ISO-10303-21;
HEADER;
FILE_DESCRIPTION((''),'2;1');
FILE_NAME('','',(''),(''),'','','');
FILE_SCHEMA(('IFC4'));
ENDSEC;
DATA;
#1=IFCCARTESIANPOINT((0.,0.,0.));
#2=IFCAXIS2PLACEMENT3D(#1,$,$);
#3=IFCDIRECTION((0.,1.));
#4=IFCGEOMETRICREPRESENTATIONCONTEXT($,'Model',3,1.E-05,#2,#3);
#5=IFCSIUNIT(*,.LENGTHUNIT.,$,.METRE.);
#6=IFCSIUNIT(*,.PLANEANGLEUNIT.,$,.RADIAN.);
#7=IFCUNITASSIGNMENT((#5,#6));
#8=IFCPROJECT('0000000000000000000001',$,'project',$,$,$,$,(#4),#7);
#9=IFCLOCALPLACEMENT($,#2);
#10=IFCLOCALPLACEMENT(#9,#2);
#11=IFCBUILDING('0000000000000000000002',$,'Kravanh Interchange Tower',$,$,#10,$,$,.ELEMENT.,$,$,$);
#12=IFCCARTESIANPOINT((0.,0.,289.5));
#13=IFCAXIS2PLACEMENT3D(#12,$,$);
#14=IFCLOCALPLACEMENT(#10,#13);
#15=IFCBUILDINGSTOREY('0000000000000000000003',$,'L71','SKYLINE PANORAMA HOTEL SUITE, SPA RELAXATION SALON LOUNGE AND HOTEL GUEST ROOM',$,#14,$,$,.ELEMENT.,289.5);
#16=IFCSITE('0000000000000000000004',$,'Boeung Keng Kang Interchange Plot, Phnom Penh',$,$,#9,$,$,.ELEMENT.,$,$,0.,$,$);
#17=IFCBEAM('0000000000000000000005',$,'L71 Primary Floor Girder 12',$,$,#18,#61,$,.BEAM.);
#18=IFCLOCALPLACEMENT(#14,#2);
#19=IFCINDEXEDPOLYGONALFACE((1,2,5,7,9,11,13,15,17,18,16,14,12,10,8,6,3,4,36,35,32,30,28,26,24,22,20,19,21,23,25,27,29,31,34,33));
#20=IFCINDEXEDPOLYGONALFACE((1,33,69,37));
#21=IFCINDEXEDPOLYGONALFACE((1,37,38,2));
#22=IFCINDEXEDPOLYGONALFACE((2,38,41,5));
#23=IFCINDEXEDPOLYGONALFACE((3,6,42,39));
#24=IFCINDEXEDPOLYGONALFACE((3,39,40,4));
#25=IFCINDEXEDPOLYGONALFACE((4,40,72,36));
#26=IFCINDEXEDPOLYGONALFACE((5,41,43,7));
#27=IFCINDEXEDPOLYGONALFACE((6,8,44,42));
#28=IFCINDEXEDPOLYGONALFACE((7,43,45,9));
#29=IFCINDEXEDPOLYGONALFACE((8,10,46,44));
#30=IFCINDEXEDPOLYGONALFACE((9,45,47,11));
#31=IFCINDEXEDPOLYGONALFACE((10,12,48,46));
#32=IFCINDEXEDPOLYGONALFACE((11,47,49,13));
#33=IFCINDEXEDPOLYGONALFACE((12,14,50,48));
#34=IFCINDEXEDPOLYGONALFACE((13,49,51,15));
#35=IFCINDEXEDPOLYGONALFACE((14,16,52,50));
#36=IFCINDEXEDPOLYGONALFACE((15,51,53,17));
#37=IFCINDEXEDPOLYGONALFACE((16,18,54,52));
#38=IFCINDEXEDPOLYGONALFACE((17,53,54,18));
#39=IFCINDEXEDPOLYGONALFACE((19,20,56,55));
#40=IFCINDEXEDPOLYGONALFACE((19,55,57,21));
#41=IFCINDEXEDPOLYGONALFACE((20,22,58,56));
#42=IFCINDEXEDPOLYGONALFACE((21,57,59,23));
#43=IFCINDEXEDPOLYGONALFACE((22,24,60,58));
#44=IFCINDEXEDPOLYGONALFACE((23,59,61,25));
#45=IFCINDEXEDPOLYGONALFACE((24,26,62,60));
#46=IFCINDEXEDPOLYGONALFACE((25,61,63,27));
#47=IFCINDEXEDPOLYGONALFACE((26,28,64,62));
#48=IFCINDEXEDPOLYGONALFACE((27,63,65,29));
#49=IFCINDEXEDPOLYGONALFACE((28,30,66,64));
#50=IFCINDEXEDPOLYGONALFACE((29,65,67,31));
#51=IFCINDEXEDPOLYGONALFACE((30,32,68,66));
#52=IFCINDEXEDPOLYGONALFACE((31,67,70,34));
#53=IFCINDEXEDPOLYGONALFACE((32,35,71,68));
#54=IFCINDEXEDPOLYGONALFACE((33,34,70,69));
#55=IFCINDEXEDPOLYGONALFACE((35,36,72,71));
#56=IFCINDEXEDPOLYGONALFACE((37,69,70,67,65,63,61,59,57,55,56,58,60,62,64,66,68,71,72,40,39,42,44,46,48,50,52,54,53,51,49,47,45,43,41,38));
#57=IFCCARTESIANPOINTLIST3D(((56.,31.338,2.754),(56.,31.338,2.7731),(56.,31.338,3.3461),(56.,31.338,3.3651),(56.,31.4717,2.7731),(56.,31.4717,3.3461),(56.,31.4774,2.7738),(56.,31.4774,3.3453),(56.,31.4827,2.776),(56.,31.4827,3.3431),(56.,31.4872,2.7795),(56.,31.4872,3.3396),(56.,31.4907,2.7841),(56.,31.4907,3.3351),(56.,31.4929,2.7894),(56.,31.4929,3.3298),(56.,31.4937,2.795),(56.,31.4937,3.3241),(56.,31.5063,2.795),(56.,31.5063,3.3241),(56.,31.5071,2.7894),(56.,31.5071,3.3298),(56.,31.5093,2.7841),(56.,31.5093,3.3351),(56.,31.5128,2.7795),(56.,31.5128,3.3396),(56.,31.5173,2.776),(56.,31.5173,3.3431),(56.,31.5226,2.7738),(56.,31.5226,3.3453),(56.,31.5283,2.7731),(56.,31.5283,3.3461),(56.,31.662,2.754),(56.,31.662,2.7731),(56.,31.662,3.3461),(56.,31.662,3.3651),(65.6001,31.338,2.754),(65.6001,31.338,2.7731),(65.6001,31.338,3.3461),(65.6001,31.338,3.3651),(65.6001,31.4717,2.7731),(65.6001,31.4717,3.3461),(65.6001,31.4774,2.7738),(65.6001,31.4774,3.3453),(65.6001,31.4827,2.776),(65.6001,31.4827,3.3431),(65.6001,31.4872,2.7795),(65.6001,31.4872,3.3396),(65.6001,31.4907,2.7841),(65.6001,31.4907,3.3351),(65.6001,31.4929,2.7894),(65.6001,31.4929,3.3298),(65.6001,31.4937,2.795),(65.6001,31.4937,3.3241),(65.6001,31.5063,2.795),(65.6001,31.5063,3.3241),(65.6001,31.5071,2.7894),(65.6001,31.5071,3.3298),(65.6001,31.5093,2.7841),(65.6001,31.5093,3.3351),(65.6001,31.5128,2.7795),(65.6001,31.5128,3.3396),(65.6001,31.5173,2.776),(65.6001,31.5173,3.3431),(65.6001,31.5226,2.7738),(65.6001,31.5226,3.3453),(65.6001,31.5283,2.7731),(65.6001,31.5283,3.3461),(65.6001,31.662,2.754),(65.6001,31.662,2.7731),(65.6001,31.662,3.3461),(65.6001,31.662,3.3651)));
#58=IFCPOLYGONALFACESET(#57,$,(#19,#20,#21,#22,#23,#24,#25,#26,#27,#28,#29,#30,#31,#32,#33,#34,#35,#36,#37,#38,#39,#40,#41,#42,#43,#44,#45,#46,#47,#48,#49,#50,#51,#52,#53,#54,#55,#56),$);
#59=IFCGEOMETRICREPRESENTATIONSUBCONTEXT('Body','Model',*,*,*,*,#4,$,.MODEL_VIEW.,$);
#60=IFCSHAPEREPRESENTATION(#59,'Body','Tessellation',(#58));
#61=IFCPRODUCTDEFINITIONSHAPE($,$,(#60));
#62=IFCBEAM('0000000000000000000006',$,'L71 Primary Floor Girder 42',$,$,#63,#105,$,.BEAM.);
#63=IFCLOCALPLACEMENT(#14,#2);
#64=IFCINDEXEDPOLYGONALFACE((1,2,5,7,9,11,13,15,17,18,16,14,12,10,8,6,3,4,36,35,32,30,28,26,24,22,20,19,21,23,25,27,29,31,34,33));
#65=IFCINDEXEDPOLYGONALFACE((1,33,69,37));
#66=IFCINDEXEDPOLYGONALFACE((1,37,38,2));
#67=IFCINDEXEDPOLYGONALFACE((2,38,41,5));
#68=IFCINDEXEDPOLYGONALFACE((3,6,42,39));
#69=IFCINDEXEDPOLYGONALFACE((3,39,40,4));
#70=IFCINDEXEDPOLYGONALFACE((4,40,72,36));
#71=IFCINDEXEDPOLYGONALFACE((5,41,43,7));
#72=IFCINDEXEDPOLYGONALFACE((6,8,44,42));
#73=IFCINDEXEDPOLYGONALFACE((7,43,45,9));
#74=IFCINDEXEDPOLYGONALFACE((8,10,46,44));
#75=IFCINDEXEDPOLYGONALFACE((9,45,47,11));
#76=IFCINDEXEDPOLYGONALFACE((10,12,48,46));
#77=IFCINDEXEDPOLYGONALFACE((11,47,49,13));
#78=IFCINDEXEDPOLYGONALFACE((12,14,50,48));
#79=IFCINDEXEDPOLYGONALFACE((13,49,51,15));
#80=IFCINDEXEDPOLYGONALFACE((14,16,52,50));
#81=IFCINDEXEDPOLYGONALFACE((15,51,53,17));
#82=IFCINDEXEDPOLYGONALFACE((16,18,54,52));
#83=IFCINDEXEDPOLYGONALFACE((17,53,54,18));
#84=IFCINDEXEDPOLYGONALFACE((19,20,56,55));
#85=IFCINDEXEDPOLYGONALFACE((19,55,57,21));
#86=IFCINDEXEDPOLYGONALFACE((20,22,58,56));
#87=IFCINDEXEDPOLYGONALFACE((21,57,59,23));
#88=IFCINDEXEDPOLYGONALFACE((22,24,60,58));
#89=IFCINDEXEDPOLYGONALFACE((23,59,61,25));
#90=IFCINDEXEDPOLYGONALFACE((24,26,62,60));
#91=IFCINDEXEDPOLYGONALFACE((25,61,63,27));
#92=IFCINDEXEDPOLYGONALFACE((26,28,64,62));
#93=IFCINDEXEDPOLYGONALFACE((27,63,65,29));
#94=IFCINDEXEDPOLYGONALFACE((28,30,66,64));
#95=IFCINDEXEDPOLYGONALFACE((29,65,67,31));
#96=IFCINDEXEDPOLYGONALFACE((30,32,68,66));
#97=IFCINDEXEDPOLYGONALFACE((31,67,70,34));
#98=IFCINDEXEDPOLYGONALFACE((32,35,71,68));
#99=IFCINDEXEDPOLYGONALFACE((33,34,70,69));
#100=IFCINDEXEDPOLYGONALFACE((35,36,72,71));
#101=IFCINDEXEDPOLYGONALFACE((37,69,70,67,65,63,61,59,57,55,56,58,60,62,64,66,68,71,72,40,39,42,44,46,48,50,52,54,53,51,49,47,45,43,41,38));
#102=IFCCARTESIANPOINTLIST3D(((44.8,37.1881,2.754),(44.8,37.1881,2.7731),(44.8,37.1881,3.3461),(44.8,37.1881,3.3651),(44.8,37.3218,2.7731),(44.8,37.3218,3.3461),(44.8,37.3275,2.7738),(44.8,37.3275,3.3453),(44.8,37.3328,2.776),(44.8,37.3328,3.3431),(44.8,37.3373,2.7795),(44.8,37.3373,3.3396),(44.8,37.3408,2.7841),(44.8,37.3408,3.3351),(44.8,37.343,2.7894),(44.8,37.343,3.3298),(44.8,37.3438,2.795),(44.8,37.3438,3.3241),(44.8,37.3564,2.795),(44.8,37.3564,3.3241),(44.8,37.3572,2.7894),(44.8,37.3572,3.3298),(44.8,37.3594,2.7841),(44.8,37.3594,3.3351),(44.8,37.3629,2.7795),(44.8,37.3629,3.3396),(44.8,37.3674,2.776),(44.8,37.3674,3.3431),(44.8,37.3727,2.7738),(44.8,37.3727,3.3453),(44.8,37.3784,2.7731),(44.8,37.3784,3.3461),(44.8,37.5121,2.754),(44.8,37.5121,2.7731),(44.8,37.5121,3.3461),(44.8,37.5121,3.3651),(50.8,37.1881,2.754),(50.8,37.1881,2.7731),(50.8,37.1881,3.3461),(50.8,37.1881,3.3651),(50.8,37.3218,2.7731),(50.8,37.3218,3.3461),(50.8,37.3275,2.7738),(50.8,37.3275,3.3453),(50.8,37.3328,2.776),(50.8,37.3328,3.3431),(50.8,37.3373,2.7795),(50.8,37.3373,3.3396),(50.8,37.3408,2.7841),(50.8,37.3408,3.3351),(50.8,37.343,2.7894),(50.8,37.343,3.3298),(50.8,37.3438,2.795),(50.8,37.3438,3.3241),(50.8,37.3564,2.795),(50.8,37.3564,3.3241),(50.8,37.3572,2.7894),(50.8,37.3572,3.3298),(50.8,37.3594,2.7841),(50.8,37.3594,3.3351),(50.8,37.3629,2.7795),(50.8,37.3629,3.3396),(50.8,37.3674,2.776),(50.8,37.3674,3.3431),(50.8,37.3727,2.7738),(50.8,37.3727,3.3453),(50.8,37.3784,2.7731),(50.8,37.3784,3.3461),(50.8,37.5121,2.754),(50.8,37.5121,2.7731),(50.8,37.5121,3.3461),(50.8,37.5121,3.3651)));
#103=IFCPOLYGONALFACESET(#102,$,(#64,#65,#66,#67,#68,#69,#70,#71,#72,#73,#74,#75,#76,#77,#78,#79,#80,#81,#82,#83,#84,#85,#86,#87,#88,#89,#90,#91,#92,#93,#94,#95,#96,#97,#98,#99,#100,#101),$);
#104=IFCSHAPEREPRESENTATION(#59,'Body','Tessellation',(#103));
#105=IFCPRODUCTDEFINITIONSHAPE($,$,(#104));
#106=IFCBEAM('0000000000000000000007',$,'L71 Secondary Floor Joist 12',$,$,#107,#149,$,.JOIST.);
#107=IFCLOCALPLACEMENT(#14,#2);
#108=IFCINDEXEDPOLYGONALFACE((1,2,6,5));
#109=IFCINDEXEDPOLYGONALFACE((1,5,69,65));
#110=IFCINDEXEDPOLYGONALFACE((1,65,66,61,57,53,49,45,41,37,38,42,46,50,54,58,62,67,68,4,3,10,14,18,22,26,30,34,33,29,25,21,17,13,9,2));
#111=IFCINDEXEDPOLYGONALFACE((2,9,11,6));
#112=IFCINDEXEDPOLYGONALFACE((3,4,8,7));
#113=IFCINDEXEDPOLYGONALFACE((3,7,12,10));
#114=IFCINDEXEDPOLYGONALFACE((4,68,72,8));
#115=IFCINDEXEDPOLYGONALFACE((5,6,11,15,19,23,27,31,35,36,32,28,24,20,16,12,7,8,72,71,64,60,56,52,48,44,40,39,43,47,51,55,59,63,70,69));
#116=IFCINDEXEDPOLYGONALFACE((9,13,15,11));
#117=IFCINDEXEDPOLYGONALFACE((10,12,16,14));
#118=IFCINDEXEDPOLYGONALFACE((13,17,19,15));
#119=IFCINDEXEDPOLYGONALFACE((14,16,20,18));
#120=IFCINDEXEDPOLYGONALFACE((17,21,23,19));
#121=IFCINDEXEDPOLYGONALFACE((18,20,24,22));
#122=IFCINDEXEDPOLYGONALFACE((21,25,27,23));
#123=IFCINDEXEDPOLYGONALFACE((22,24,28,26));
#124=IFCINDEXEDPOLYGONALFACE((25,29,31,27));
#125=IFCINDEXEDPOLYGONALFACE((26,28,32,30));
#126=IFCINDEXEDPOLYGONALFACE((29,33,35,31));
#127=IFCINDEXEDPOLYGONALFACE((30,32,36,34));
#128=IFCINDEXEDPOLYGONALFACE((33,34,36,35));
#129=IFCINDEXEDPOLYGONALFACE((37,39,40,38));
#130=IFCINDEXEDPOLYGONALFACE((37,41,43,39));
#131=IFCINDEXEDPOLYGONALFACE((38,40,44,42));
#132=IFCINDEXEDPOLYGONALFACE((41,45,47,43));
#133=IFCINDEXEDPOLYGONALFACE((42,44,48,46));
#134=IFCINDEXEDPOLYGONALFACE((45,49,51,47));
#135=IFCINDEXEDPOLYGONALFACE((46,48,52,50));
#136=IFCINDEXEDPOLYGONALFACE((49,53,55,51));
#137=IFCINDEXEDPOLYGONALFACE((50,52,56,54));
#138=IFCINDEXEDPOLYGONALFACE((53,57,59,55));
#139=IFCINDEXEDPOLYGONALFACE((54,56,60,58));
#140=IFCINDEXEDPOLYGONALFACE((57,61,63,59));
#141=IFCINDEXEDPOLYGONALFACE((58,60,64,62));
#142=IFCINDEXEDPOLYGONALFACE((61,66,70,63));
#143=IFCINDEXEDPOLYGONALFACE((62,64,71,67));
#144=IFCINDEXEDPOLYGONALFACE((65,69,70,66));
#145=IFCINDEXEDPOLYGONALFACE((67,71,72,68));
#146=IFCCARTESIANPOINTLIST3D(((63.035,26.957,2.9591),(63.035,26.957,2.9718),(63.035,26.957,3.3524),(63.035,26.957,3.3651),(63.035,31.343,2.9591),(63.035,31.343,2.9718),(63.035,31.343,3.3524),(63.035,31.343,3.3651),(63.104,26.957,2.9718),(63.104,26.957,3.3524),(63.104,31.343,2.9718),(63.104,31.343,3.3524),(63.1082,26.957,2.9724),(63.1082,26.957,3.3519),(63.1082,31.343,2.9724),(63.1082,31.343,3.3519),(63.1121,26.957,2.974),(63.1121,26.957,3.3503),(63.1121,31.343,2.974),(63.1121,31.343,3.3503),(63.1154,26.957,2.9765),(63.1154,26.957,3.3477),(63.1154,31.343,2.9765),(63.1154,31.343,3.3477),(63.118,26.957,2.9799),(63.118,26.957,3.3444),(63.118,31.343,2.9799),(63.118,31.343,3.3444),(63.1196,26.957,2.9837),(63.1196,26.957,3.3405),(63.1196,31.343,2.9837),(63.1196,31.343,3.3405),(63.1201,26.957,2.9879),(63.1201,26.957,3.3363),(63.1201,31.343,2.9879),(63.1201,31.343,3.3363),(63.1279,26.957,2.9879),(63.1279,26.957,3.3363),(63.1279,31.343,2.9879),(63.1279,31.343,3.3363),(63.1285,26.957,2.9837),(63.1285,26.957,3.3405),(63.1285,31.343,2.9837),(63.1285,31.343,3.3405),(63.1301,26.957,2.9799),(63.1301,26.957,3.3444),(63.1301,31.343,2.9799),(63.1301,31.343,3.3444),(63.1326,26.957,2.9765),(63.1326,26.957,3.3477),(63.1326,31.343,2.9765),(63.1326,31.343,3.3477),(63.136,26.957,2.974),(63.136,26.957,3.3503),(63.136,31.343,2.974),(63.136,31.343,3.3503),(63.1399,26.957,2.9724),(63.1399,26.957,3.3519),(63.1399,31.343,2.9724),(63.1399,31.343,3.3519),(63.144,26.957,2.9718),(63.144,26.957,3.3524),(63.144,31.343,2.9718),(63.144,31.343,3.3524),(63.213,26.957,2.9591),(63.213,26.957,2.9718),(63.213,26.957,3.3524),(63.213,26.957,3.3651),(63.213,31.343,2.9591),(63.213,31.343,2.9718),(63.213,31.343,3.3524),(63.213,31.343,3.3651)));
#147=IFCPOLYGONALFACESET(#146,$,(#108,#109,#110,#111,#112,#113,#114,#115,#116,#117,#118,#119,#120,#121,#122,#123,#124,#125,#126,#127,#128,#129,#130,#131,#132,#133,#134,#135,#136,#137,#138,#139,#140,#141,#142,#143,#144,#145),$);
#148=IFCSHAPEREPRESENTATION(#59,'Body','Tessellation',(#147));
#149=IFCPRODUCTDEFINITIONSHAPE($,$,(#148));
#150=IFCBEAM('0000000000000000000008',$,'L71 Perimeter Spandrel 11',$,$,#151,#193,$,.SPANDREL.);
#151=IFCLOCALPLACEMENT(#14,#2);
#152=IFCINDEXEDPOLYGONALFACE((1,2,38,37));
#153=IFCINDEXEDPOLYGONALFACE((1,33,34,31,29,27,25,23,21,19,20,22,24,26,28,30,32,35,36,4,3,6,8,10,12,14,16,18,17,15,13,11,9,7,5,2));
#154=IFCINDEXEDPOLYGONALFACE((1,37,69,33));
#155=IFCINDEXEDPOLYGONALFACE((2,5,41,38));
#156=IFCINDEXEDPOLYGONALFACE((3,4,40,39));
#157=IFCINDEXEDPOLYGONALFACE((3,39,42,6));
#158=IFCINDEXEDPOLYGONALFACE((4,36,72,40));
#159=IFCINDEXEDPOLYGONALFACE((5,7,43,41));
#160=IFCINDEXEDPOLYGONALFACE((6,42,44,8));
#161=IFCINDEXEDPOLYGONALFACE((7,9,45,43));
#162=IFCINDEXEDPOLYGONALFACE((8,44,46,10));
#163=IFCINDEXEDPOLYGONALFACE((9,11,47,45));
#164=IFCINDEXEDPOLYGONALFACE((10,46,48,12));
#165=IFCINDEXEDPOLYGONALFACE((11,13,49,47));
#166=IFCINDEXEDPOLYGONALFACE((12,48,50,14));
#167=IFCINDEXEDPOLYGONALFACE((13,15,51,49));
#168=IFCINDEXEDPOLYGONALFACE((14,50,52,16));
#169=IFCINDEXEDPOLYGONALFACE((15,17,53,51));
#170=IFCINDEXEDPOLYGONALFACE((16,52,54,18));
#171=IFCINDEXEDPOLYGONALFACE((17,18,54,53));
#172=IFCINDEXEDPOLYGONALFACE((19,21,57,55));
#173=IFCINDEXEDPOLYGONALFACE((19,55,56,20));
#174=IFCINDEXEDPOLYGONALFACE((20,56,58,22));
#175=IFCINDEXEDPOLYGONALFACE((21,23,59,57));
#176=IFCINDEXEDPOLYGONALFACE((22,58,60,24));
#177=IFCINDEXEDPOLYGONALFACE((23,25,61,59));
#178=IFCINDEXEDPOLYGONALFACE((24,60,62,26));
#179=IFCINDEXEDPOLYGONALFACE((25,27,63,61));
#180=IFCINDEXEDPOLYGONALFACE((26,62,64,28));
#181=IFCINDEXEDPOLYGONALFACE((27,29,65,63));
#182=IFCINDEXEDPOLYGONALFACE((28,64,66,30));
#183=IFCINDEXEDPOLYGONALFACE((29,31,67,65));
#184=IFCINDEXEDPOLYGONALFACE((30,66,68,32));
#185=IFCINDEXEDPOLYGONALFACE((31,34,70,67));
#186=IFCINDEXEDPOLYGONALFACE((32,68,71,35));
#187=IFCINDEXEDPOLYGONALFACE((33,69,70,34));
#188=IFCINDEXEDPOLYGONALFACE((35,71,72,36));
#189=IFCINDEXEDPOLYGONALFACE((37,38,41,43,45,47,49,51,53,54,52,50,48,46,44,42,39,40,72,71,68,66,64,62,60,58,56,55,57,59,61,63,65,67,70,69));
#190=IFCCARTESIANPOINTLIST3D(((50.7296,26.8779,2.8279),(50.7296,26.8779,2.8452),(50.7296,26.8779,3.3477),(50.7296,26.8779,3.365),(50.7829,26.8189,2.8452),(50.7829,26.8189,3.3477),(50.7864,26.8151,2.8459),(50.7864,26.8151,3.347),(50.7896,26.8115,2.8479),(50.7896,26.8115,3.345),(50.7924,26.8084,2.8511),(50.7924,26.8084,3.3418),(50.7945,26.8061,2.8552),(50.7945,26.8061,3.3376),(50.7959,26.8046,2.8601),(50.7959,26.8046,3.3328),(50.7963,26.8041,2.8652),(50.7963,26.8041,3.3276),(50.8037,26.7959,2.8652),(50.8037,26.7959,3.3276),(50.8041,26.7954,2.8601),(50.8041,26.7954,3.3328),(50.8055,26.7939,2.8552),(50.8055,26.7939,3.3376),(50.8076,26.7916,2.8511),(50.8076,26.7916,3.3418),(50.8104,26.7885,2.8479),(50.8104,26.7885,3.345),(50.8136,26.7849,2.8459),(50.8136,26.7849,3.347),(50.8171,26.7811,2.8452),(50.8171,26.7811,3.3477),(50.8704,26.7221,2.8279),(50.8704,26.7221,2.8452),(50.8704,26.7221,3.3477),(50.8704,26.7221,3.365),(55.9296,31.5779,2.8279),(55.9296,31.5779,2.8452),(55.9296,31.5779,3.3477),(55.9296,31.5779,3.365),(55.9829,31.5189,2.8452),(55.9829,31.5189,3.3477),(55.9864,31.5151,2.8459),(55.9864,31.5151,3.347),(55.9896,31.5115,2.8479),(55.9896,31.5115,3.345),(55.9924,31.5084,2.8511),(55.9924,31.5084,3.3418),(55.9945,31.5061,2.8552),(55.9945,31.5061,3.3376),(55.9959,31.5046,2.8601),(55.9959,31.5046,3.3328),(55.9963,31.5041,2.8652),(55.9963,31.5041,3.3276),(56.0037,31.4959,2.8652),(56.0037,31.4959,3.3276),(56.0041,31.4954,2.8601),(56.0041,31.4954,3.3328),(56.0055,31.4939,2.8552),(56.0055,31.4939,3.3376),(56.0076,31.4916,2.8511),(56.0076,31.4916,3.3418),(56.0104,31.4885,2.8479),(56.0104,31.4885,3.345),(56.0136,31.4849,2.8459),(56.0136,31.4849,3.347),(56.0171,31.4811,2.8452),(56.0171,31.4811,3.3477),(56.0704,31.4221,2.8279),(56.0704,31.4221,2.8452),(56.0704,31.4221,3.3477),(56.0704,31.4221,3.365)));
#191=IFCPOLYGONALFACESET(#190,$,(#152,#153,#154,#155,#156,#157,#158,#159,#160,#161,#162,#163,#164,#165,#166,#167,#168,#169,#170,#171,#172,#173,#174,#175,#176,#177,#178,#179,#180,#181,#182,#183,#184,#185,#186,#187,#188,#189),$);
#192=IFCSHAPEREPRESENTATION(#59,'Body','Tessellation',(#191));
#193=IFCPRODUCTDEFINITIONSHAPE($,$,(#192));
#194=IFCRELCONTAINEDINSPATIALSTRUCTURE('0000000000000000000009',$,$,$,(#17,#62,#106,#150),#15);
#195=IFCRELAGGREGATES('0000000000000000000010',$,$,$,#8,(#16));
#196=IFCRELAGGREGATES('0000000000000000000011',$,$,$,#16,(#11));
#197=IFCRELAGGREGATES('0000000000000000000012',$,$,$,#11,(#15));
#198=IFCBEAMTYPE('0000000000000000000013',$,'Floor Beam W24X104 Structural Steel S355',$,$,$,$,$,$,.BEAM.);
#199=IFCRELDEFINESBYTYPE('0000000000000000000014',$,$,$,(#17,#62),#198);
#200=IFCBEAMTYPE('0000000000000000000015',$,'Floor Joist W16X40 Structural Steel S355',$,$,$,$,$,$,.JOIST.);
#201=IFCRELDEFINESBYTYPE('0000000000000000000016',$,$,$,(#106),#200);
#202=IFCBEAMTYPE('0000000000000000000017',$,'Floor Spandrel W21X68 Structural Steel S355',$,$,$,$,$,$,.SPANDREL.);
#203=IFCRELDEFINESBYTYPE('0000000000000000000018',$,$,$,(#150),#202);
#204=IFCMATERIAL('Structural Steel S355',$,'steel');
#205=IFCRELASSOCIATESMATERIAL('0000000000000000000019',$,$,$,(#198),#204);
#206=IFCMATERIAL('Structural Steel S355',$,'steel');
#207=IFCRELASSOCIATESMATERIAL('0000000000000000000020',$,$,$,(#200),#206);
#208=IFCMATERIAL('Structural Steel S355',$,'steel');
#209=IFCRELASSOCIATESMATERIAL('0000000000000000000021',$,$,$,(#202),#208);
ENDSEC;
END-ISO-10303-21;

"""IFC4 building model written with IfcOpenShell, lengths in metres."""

from ifc_helpers import new_model, si_unit, direction, frame, origin, origin_2d, place, context, subcontext, project, spatial, i_section, extrude, material, material_profile, profile_set, type_object, element, save


model = new_model("IFC4")

# Units and contexts
model_context = context("Model", 3, precision=1e-05, world=origin(), true_north=direction((0.0, 1.0)))
body_context = subcontext(model_context, "Body", "Model", "MODEL_VIEW")
ifc_project = project(units=[si_unit("LENGTHUNIT", "METRE"), si_unit("PLANEANGLEUNIT", "RADIAN")], contexts=[model_context])

# Site, building, storey
site_placement = place(None, origin())
site = spatial("IfcSite", under=ifc_project, at=site_placement, Name="Boeung Keng Kang Interchange Plot, Phnom Penh", CompositionType="ELEMENT", RefElevation=0.0)
building_placement = place(site_placement, origin())
building = spatial("IfcBuilding", under=site, at=building_placement, Name="Kravanh Interchange Tower", CompositionType="ELEMENT")
storey_placement = place(building_placement, frame((0.0, 0.0, 289.5)))
storey = spatial("IfcBuildingStorey", under=building, at=storey_placement, Name="L71", Description="SKYLINE PANORAMA HOTEL SUITE, SPA RELAXATION SALON LOUNGE AND HOTEL GUEST ROOM", CompositionType="ELEMENT", Elevation=289.5)

# Beams
ifc_material_1 = material(Name="Structural Steel S355", Category="steel")
ifc_material_profile_1 = material_profile(ifc_material_1, i_section(OverallWidth=0.324, OverallDepth=0.6111, WebThickness=0.0127, FlangeThickness=0.019, FilletRadius=0.022, at=origin_2d()), Name="W24X104")
ifc_profile_set_1 = profile_set([ifc_material_profile_1], Name="Structural Steel S355")
beam_type_1 = type_object("IfcBeamType", Name="Floor Beam W24X104 Structural Steel S355", PredefinedType="BEAM", material=ifc_profile_set_1)
beam_1_placement = place(storey_placement, frame((56.0, 31.5, 3.0596), z_axis=(1.0, 0.0, 0.0), x_axis=(0.0, 1.0, 0.0)))
element("IfcBeam", 1, at=beam_1_placement, inside=storey, type_object=beam_type_1, Name="L71 Primary Floor Girder 12", PredefinedType="BEAM", context=body_context, shape_type="SweptSolid", body=[
    extrude(i_section(OverallWidth=0.324, OverallDepth=0.6111, WebThickness=0.0127, FlangeThickness=0.019, FilletRadius=0.022, at=origin_2d()), origin(), (0.0, 0.0, 1.0), 9.6001),
])
beam_2_placement = place(storey_placement, frame((50.8, 37.3501, 3.0596), z_axis=(-1.0, 0.0, 0.0), x_axis=(0.0, -1.0, 0.0)))
element("IfcBeam", 2, at=beam_2_placement, inside=storey, type_object=beam_type_1, Name="L71 Primary Floor Girder 42", PredefinedType="BEAM", context=body_context, shape_type="SweptSolid", body=[
    extrude(i_section(OverallWidth=0.324, OverallDepth=0.6111, WebThickness=0.0127, FlangeThickness=0.019, FilletRadius=0.022, at=origin_2d()), origin(), (0.0, 0.0, 1.0), 6.0),
])
ifc_material_2 = material(Name="Structural Steel S355", Category="steel")
ifc_material_profile_2 = material_profile(ifc_material_2, i_section(OverallWidth=0.178, OverallDepth=0.406, WebThickness=0.0078, FlangeThickness=0.0127, FilletRadius=0.0161, at=origin_2d()), Name="W16X40")
ifc_profile_set_2 = profile_set([ifc_material_profile_2], Name="Structural Steel S355")
beam_type_2 = type_object("IfcBeamType", Name="Floor Joist W16X40 Structural Steel S355", PredefinedType="JOIST", material=ifc_profile_set_2)
beam_3_placement = place(storey_placement, frame((63.124, 26.957, 3.1621), z_axis=(0.0, 1.0, 0.0), x_axis=(-1.0, 0.0, 0.0)))
element("IfcBeam", 3, at=beam_3_placement, inside=storey, type_object=beam_type_2, Name="L71 Secondary Floor Joist 12", PredefinedType="JOIST", context=body_context, shape_type="SweptSolid", body=[
    extrude(i_section(OverallWidth=0.178, OverallDepth=0.406, WebThickness=0.0078, FlangeThickness=0.0127, FilletRadius=0.0161, at=origin_2d()), origin(), (0.0, 0.0, 1.0), 4.386),
])
ifc_material_3 = material(Name="Structural Steel S355", Category="steel")
ifc_material_profile_3 = material_profile(ifc_material_3, i_section(OverallWidth=0.21, OverallDepth=0.5371, WebThickness=0.011, FlangeThickness=0.0173, FilletRadius=0.02, at=origin_2d()), Name="W21X68")
ifc_profile_set_3 = profile_set([ifc_material_profile_3], Name="Structural Steel S355")
beam_type_3 = type_object("IfcBeamType", Name="Floor Spandrel W21X68 Structural Steel S355", PredefinedType="SPANDREL", material=ifc_profile_set_3)
beam_4_placement = place(storey_placement, frame((56.0, 31.5, 3.0964), z_axis=(-0.741874, -0.670539, 0.0), x_axis=(0.670539, -0.741874, 0.0)))
element("IfcBeam", 4, at=beam_4_placement, inside=storey, type_object=beam_type_3, Name="L71 Perimeter Spandrel 11", PredefinedType="SPANDREL", context=body_context, shape_type="SweptSolid", body=[
    extrude(i_section(OverallWidth=0.21, OverallDepth=0.5371, WebThickness=0.011, FlangeThickness=0.0173, FilletRadius=0.02, at=origin_2d()), origin(), (0.0, 0.0, 1.0), 7.0093),
])

save(model, "model.ifc")
